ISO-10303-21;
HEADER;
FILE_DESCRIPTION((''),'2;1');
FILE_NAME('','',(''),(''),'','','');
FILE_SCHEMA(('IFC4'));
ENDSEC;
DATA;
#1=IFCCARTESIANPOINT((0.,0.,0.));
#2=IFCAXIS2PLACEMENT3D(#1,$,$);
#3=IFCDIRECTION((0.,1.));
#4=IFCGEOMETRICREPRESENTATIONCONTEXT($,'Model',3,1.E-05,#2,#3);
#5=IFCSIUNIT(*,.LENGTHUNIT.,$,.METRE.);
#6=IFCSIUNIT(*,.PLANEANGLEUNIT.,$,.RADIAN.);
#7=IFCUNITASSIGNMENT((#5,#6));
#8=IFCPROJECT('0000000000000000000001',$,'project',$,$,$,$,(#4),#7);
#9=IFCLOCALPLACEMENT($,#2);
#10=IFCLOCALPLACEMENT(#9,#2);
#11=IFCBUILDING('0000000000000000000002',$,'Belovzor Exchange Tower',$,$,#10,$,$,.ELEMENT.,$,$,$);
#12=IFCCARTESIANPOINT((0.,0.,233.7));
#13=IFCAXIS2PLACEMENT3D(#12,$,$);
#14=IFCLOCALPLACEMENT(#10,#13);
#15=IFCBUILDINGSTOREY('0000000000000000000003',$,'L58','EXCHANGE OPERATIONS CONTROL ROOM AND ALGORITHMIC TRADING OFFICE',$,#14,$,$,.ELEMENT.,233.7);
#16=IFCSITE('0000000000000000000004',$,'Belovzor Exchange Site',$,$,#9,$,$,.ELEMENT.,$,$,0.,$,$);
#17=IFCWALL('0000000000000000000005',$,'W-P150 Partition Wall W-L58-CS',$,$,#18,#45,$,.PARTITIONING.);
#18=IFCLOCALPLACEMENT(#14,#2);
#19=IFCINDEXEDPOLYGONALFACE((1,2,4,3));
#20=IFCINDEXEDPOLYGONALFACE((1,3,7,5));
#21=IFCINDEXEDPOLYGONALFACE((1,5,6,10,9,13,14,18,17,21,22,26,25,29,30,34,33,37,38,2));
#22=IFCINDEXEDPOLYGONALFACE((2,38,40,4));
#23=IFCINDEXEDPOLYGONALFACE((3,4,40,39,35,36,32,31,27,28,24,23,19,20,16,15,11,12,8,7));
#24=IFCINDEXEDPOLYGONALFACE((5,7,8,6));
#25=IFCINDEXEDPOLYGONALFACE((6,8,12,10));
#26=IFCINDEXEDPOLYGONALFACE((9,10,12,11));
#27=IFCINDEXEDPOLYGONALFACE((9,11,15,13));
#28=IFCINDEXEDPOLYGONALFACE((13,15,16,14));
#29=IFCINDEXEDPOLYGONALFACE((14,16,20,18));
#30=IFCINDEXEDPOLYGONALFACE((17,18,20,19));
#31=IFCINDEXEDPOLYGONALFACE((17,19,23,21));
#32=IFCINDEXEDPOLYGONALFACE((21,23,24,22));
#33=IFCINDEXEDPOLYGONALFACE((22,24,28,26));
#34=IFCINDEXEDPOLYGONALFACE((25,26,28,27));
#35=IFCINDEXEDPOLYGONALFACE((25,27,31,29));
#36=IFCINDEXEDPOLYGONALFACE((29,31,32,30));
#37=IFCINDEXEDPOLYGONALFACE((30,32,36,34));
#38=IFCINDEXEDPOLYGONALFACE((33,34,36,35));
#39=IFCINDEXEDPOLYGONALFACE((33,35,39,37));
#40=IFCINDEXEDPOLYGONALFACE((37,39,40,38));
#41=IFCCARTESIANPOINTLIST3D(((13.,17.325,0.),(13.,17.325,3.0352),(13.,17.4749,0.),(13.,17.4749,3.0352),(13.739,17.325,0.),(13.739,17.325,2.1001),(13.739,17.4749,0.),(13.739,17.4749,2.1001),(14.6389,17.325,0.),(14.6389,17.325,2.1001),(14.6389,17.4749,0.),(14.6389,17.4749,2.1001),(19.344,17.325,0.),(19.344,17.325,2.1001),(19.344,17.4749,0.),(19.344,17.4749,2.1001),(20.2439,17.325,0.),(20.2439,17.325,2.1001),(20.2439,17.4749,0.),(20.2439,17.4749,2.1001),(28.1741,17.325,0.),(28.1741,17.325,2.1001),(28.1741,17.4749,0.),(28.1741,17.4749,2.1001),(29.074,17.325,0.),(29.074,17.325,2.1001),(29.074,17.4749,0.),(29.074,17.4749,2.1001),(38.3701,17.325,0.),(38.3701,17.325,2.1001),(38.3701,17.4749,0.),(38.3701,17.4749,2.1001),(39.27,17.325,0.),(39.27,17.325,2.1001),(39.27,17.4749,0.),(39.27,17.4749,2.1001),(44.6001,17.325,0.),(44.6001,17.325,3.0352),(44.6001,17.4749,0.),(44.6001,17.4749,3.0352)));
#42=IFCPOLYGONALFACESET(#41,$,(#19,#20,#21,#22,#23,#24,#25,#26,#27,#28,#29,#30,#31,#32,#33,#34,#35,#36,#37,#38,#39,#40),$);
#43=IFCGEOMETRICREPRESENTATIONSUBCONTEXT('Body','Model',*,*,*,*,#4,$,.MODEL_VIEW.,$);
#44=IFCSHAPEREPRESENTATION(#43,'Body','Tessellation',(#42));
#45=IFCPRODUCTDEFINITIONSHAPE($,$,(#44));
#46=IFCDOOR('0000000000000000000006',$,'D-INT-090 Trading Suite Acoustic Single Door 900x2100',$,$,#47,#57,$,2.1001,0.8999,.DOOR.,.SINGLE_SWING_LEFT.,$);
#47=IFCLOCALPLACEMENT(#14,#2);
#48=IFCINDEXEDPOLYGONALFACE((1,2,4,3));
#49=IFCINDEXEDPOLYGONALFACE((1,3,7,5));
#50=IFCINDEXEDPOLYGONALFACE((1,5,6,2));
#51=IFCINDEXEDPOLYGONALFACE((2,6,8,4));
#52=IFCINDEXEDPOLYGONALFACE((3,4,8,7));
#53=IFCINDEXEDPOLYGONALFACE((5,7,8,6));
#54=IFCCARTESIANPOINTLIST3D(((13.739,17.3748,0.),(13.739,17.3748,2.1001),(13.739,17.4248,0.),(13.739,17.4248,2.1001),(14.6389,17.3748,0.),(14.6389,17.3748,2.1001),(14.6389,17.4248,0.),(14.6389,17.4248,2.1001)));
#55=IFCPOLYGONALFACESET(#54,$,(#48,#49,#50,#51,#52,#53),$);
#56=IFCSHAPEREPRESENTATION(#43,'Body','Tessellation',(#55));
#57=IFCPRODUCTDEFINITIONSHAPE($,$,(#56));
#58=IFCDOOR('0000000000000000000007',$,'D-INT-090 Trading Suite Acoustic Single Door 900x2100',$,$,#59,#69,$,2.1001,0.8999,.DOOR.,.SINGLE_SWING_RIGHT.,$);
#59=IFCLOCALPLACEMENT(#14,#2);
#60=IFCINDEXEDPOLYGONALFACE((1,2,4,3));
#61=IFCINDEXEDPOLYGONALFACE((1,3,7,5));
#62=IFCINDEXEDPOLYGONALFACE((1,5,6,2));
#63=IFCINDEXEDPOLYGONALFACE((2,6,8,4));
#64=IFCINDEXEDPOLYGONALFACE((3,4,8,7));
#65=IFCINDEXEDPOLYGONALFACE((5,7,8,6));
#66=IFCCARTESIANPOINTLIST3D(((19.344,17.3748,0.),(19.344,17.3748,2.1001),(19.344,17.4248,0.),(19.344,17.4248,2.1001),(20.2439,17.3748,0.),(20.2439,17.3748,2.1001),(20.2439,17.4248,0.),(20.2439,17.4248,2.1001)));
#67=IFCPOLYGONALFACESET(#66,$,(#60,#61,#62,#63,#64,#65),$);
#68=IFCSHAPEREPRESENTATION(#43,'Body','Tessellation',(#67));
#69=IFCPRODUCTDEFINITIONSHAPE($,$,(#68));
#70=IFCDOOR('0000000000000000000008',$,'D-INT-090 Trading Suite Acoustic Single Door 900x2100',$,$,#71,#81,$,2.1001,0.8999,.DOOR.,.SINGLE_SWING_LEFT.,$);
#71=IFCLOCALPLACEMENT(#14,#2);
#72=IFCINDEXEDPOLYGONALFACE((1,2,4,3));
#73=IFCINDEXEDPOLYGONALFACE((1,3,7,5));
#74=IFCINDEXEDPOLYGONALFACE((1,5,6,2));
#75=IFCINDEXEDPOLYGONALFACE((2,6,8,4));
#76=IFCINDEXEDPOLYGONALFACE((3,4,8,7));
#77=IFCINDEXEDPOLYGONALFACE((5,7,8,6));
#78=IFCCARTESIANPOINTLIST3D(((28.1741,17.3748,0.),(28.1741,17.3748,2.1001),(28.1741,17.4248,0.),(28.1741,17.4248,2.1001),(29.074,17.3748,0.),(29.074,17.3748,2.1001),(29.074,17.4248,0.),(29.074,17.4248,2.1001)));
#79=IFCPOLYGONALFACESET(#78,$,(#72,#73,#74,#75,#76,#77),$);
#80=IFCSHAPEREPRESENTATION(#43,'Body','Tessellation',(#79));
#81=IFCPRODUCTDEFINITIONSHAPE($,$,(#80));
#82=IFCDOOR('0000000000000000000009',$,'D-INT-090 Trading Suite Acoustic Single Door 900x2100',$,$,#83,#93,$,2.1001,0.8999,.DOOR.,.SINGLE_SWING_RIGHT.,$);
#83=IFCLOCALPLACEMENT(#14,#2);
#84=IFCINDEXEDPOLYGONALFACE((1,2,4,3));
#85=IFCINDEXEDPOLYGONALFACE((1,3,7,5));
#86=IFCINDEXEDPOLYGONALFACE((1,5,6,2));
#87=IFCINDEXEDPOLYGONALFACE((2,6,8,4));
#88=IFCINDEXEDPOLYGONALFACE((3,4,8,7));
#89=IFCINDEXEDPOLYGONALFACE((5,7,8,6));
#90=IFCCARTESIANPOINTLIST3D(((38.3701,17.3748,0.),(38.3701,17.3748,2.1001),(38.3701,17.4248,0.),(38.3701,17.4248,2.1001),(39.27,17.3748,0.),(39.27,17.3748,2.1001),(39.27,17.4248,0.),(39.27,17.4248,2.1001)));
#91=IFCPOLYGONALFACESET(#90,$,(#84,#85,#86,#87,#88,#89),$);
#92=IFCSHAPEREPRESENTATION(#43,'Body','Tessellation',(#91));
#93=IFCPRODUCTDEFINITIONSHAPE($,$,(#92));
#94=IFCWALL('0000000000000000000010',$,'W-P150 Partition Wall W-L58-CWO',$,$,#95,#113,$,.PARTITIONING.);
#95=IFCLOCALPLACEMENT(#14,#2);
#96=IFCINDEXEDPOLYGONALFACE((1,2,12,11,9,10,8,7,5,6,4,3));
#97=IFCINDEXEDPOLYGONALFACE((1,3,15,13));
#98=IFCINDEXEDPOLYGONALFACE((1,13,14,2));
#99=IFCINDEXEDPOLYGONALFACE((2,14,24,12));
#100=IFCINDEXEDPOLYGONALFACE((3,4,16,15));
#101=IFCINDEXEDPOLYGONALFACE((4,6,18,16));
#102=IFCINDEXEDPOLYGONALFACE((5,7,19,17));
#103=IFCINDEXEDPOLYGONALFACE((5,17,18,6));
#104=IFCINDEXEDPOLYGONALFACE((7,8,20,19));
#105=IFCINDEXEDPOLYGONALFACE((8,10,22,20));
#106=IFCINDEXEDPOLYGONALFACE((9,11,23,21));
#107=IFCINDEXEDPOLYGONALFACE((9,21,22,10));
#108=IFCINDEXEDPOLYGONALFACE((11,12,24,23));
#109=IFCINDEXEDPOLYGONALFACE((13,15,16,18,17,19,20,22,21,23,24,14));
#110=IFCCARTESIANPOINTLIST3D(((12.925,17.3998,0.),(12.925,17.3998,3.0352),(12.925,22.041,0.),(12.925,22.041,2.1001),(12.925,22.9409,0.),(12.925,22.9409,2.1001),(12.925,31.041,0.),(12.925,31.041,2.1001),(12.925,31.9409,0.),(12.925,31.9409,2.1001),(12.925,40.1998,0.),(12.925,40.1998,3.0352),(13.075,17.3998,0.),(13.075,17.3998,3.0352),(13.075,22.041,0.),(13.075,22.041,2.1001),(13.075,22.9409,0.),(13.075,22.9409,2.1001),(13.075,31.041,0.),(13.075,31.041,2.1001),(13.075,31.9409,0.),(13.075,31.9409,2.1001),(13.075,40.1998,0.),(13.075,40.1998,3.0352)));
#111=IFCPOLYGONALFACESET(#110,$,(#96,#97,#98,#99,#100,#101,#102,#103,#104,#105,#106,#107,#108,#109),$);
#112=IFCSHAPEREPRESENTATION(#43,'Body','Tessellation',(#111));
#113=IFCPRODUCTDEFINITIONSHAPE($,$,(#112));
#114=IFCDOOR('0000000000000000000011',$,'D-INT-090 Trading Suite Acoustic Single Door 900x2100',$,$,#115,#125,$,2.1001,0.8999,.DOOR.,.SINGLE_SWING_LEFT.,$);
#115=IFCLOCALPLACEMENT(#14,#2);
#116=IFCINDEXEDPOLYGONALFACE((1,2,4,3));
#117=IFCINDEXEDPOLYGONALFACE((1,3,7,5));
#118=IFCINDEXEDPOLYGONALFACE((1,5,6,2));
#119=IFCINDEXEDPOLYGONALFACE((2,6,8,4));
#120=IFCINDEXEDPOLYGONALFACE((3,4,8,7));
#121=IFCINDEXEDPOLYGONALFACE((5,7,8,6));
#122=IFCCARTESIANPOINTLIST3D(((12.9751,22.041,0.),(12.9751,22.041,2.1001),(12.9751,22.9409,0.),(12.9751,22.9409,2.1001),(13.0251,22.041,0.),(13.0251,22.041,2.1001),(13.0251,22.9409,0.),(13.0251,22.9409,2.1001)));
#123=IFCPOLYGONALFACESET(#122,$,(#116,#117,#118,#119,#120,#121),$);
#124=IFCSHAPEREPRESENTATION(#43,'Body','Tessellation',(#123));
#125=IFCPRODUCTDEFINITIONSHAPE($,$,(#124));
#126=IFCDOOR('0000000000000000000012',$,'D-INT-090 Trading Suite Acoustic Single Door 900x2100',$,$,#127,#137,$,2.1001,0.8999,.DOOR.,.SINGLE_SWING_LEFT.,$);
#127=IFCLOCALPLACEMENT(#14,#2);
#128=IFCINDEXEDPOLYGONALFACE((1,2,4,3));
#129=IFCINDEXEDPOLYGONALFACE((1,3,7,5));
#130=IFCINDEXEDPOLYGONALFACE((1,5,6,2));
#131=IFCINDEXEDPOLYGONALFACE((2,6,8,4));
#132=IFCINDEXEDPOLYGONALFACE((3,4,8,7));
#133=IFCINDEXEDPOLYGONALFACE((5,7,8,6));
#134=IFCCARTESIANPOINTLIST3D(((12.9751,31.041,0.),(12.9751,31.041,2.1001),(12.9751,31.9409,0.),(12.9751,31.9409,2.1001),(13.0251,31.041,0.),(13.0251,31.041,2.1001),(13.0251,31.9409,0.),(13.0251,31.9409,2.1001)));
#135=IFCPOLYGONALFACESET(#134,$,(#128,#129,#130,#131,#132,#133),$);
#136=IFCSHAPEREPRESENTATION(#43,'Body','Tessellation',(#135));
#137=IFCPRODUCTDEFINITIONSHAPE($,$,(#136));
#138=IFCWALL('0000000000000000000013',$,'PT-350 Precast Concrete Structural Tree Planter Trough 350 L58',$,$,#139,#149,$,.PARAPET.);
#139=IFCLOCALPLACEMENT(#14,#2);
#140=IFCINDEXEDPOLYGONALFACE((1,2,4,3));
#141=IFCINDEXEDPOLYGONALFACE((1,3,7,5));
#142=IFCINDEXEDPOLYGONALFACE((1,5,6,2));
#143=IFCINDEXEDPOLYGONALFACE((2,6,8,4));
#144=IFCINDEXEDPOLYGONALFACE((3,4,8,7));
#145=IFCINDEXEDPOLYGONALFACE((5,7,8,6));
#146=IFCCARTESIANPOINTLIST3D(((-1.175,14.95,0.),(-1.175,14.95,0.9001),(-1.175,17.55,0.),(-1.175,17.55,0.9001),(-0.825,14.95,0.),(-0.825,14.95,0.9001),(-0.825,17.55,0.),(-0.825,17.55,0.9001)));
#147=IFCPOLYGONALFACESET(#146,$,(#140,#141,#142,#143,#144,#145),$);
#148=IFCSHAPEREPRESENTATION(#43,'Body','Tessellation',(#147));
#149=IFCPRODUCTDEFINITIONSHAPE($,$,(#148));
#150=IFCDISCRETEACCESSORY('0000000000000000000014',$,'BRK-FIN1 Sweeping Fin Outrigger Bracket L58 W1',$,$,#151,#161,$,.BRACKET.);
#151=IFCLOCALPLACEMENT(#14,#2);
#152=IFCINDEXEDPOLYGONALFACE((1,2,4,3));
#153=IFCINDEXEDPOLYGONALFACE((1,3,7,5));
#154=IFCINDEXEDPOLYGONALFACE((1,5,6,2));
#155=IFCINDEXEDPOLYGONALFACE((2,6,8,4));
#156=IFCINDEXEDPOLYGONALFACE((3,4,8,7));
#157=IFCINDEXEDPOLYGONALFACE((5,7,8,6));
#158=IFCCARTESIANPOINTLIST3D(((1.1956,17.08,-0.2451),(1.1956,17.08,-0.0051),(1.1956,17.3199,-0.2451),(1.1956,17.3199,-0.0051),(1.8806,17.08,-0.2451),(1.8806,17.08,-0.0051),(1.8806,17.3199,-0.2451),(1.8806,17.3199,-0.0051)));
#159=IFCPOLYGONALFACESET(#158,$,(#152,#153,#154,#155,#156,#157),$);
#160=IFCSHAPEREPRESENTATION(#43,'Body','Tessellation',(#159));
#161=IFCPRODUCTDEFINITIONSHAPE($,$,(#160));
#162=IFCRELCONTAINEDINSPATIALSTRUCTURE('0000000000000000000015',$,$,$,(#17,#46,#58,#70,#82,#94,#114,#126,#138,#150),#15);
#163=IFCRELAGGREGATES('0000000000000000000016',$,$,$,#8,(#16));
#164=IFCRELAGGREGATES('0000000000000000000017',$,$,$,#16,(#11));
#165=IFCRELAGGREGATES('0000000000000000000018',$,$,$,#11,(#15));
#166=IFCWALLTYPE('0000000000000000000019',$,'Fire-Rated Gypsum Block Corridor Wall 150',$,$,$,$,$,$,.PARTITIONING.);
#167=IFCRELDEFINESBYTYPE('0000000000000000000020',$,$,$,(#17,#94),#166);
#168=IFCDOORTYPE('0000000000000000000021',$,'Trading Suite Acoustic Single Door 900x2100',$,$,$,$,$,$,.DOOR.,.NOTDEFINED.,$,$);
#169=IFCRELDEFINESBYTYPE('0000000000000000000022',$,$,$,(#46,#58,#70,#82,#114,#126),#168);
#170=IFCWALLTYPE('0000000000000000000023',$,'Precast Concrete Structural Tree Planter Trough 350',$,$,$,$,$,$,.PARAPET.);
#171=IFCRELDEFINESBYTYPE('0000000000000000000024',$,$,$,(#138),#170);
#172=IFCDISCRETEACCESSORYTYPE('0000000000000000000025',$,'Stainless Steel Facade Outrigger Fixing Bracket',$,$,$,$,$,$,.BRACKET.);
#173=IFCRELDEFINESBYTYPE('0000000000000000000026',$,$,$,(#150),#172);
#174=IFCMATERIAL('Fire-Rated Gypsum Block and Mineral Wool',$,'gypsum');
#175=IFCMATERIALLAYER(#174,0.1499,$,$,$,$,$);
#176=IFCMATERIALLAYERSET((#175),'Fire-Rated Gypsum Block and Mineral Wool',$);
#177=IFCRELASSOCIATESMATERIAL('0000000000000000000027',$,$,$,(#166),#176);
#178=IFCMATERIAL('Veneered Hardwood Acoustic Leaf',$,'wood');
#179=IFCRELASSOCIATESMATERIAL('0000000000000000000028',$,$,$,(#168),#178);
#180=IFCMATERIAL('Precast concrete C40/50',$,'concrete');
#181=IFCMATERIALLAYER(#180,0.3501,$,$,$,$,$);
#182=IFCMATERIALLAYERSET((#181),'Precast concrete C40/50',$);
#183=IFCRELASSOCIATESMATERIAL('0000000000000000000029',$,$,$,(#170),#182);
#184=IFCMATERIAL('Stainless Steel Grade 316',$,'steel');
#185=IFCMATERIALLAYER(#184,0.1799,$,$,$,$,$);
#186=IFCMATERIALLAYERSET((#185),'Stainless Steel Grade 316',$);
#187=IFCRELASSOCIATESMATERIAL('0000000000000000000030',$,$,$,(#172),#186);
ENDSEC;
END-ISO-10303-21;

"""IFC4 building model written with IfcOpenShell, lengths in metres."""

from ifc_helpers import new_model, si_unit, direction, frame, frame_2d, origin, origin_2d, place, context, subcontext, project, spatial, rectangle, extrude, material, layer, layer_set, type_object, element, fill, save


model = new_model("IFC4")

# Units and contexts
model_context = context("Model", 3, precision=1e-05, world=origin(), true_north=direction((0.0, 1.0)))
body_context = subcontext(model_context, "Body", "Model", "MODEL_VIEW")
ifc_project = project(units=[si_unit("LENGTHUNIT", "METRE"), si_unit("PLANEANGLEUNIT", "RADIAN")], contexts=[model_context])

# Site, building, storey
site_placement = place(None, origin())
site = spatial("IfcSite", under=ifc_project, at=site_placement, Name="Belovzor Exchange Site", CompositionType="ELEMENT", RefElevation=0.0)
building_placement = place(site_placement, origin())
building = spatial("IfcBuilding", under=site, at=building_placement, Name="Belovzor Exchange Tower", CompositionType="ELEMENT")
storey_placement = place(building_placement, frame((0.0, 0.0, 233.7)))
storey = spatial("IfcBuildingStorey", under=building, at=storey_placement, Name="L58", Description="EXCHANGE OPERATIONS CONTROL ROOM AND ALGORITHMIC TRADING OFFICE", CompositionType="ELEMENT", Elevation=233.7)

# Walls, openings, doors
ifc_material_1 = material(Name="Fire-Rated Gypsum Block and Mineral Wool", Category="gypsum")
ifc_layer_1 = layer(ifc_material_1, 0.1499)
ifc_layer_set_1 = layer_set([ifc_layer_1], Name="Fire-Rated Gypsum Block and Mineral Wool")
wall_type_1 = type_object("IfcWallType", Name="Fire-Rated Gypsum Block Corridor Wall 150", PredefinedType="PARTITIONING", material=ifc_layer_set_1)
wall_1_placement = place(storey_placement, frame((13.0, 17.3999, 0.0), z_axis=(0.0, 0.0, 1.0), x_axis=(1.0, 0.0, 0.0)))
wall_1 = element("IfcWall", 1, at=wall_1_placement, inside=storey, type_object=wall_type_1, Name="W-P150 Partition Wall W-L58-CS", PredefinedType="PARTITIONING", context=body_context, shape_type="SweptSolid", body=[
    extrude(rectangle(XDim=31.6001, YDim=0.1499, at=frame_2d((15.8, 0.0))), origin(), (0.0, 0.0, 1.0), 3.0352),
])
opening_1_placement = place(wall_1_placement, frame((0.739, 0.0, 0.0)))
opening_1 = element("IfcOpeningElement", 2, at=opening_1_placement, cuts=wall_1, PredefinedType="OPENING", context=body_context, shape_type="SweptSolid", body=[
    extrude(rectangle(XDim=0.8999, YDim=2.1001, at=frame_2d((0.45, 1.05))), frame((0.0, 0.085, 0.0), z_axis=(0.0, -1.0, 0.0), x_axis=(1.0, 0.0, 0.0)), (0.0, 0.0, 1.0), 0.1699),
])
opening_2_placement = place(wall_1_placement, frame((6.344, 0.0, 0.0)))
opening_2 = element("IfcOpeningElement", 3, at=opening_2_placement, cuts=wall_1, PredefinedType="OPENING", context=body_context, shape_type="SweptSolid", body=[
    extrude(rectangle(XDim=0.8999, YDim=2.1001, at=frame_2d((0.45, 1.05))), frame((0.0, 0.085, 0.0), z_axis=(0.0, -1.0, 0.0), x_axis=(1.0, 0.0, 0.0)), (0.0, 0.0, 1.0), 0.1699),
])
opening_3_placement = place(wall_1_placement, frame((15.1741, 0.0, 0.0)))
opening_3 = element("IfcOpeningElement", 4, at=opening_3_placement, cuts=wall_1, PredefinedType="OPENING", context=body_context, shape_type="SweptSolid", body=[
    extrude(rectangle(XDim=0.8999, YDim=2.1001, at=frame_2d((0.45, 1.05))), frame((0.0, 0.085, 0.0), z_axis=(0.0, -1.0, 0.0), x_axis=(1.0, 0.0, 0.0)), (0.0, 0.0, 1.0), 0.1699),
])
opening_4_placement = place(wall_1_placement, frame((25.3701, 0.0, 0.0)))
opening_4 = element("IfcOpeningElement", 5, at=opening_4_placement, cuts=wall_1, PredefinedType="OPENING", context=body_context, shape_type="SweptSolid", body=[
    extrude(rectangle(XDim=0.8999, YDim=2.1001, at=frame_2d((0.45, 1.05))), frame((0.0, 0.085, 0.0), z_axis=(0.0, -1.0, 0.0), x_axis=(1.0, 0.0, 0.0)), (0.0, 0.0, 1.0), 0.1699),
])
ifc_material_2 = material(Name="Veneered Hardwood Acoustic Leaf", Category="wood")
door_type = type_object("IfcDoorType", Name="Trading Suite Acoustic Single Door 900x2100", OperationType="NOTDEFINED", PredefinedType="DOOR", material=ifc_material_2)
door_1_placement = place(opening_1_placement, origin())
door_1 = element("IfcDoor", 6, at=door_1_placement, inside=storey, type_object=door_type, Name="D-INT-090 Trading Suite Acoustic Single Door 900x2100", OperationType="SINGLE_SWING_LEFT", OverallHeight=2.1001, OverallWidth=0.8999, PredefinedType="DOOR", context=body_context, shape_type="SweptSolid", body=[
    extrude(rectangle(XDim=0.8999, YDim=2.1001, at=frame_2d((0.45, 1.05))), frame((0.0, 0.0249, 0.0), z_axis=(0.0, -1.0, 0.0), x_axis=(1.0, 0.0, 0.0)), (0.0, 0.0, 1.0), 0.05),
])
fill(opening_1, door_1)
door_2_placement = place(opening_2_placement, origin())
door_2 = element("IfcDoor", 7, at=door_2_placement, inside=storey, type_object=door_type, Name="D-INT-090 Trading Suite Acoustic Single Door 900x2100", OperationType="SINGLE_SWING_RIGHT", OverallHeight=2.1001, OverallWidth=0.8999, PredefinedType="DOOR", context=body_context, shape_type="SweptSolid", body=[
    extrude(rectangle(XDim=0.8999, YDim=2.1001, at=frame_2d((0.45, 1.05))), frame((0.0, 0.0249, 0.0), z_axis=(0.0, -1.0, 0.0), x_axis=(1.0, 0.0, 0.0)), (0.0, 0.0, 1.0), 0.05),
])
fill(opening_2, door_2)
door_3_placement = place(opening_3_placement, origin())
door_3 = element("IfcDoor", 8, at=door_3_placement, inside=storey, type_object=door_type, Name="D-INT-090 Trading Suite Acoustic Single Door 900x2100", OperationType="SINGLE_SWING_LEFT", OverallHeight=2.1001, OverallWidth=0.8999, PredefinedType="DOOR", context=body_context, shape_type="SweptSolid", body=[
    extrude(rectangle(XDim=0.8999, YDim=2.1001, at=frame_2d((0.45, 1.05))), frame((0.0, 0.0249, 0.0), z_axis=(0.0, -1.0, 0.0), x_axis=(1.0, 0.0, 0.0)), (0.0, 0.0, 1.0), 0.05),
])
fill(opening_3, door_3)
door_4_placement = place(opening_4_placement, origin())
door_4 = element("IfcDoor", 9, at=door_4_placement, inside=storey, type_object=door_type, Name="D-INT-090 Trading Suite Acoustic Single Door 900x2100", OperationType="SINGLE_SWING_RIGHT", OverallHeight=2.1001, OverallWidth=0.8999, PredefinedType="DOOR", context=body_context, shape_type="SweptSolid", body=[
    extrude(rectangle(XDim=0.8999, YDim=2.1001, at=frame_2d((0.45, 1.05))), frame((0.0, 0.0249, 0.0), z_axis=(0.0, -1.0, 0.0), x_axis=(1.0, 0.0, 0.0)), (0.0, 0.0, 1.0), 0.05),
])
fill(opening_4, door_4)
wall_2_placement = place(storey_placement, frame((13.0, 17.3999, 0.0), z_axis=(0.0, 0.0, 1.0), x_axis=(0.0, 1.0, 0.0)))
wall_2 = element("IfcWall", 10, at=wall_2_placement, inside=storey, type_object=wall_type_1, Name="W-P150 Partition Wall W-L58-CWO", PredefinedType="PARTITIONING", context=body_context, shape_type="SweptSolid", body=[
    extrude(rectangle(XDim=22.8, YDim=0.1499, at=frame_2d((11.3999, 0.0))), origin(), (0.0, 0.0, 1.0), 3.0352),
])
opening_5_placement = place(wall_2_placement, frame((4.6411, 0.0, 0.0)))
opening_5 = element("IfcOpeningElement", 11, at=opening_5_placement, cuts=wall_2, PredefinedType="OPENING", context=body_context, shape_type="SweptSolid", body=[
    extrude(rectangle(XDim=0.8999, YDim=2.1001, at=frame_2d((0.45, 1.05))), frame((0.0, 0.085, 0.0), z_axis=(0.0, -1.0, 0.0), x_axis=(1.0, 0.0, 0.0)), (0.0, 0.0, 1.0), 0.1699),
])
opening_6_placement = place(wall_2_placement, frame((13.6411, 0.0, 0.0)))
opening_6 = element("IfcOpeningElement", 12, at=opening_6_placement, cuts=wall_2, PredefinedType="OPENING", context=body_context, shape_type="SweptSolid", body=[
    extrude(rectangle(XDim=0.8999, YDim=2.1001, at=frame_2d((0.45, 1.05))), frame((0.0, 0.085, 0.0), z_axis=(0.0, -1.0, 0.0), x_axis=(1.0, 0.0, 0.0)), (0.0, 0.0, 1.0), 0.1699),
])
door_5_placement = place(opening_5_placement, origin())
door_5 = element("IfcDoor", 13, at=door_5_placement, inside=storey, type_object=door_type, Name="D-INT-090 Trading Suite Acoustic Single Door 900x2100", OperationType="SINGLE_SWING_LEFT", OverallHeight=2.1001, OverallWidth=0.8999, PredefinedType="DOOR", context=body_context, shape_type="SweptSolid", body=[
    extrude(rectangle(XDim=0.8999, YDim=2.1001, at=frame_2d((0.45, 1.05))), frame((0.0, 0.0249, 0.0), z_axis=(0.0, -1.0, 0.0), x_axis=(1.0, 0.0, 0.0)), (0.0, 0.0, 1.0), 0.05),
])
fill(opening_5, door_5)
door_6_placement = place(opening_6_placement, origin())
door_6 = element("IfcDoor", 14, at=door_6_placement, inside=storey, type_object=door_type, Name="D-INT-090 Trading Suite Acoustic Single Door 900x2100", OperationType="SINGLE_SWING_LEFT", OverallHeight=2.1001, OverallWidth=0.8999, PredefinedType="DOOR", context=body_context, shape_type="SweptSolid", body=[
    extrude(rectangle(XDim=0.8999, YDim=2.1001, at=frame_2d((0.45, 1.05))), frame((0.0, 0.0249, 0.0), z_axis=(0.0, -1.0, 0.0), x_axis=(1.0, 0.0, 0.0)), (0.0, 0.0, 1.0), 0.05),
])
fill(opening_6, door_6)

# Wall
ifc_material_3 = material(Name="Precast concrete C40/50", Category="concrete")
ifc_layer_2 = layer(ifc_material_3, 0.3501)
ifc_layer_set_2 = layer_set([ifc_layer_2], Name="Precast concrete C40/50")
wall_type_2 = type_object("IfcWallType", Name="Precast Concrete Structural Tree Planter Trough 350", PredefinedType="PARAPET", material=ifc_layer_set_2)
wall_3_placement = place(storey_placement, frame((-1.0, 14.95, 0.0), z_axis=(0.0, 0.0, 1.0), x_axis=(0.0, 1.0, 0.0)))
element("IfcWall", 15, at=wall_3_placement, inside=storey, type_object=wall_type_2, Name="PT-350 Precast Concrete Structural Tree Planter Trough 350 L58", PredefinedType="PARAPET", context=body_context, shape_type="SweptSolid", body=[
    extrude(rectangle(XDim=2.6001, YDim=0.3501, at=frame_2d((1.3, 0.0))), origin(), (0.0, 0.0, 1.0), 0.9001),
])

# Discrete accessory
ifc_material_4 = material(Name="Stainless Steel Grade 316", Category="steel")
ifc_layer_3 = layer(ifc_material_4, 0.1799)
ifc_layer_set_3 = layer_set([ifc_layer_3], Name="Stainless Steel Grade 316")
discrete_accessory_type = type_object("IfcDiscreteAccessoryType", Name="Stainless Steel Facade Outrigger Fixing Bracket", PredefinedType="BRACKET", material=ifc_layer_set_3)
for number, where, z_axis, x_axis, name in (
    (16, (1.5381, 17.2, -0.2451), (0.0, 0.0, 1.0), (1.0, 0.0, 0.0), "BRK-FIN1 Sweeping Fin Outrigger Bracket L58 W1"),
):
    element("IfcDiscreteAccessory", number, at=place(storey_placement, frame(where, z_axis=z_axis, x_axis=x_axis)), inside=storey, type_object=discrete_accessory_type, Name=name, PredefinedType="BRACKET", context=body_context, shape_type="SweptSolid", body=[
        extrude(rectangle(XDim=0.6851, YDim=0.24, at=origin_2d()), origin(), (0.0, 0.0, 1.0), 0.24),
    ])

save(model, "model.ifc")
